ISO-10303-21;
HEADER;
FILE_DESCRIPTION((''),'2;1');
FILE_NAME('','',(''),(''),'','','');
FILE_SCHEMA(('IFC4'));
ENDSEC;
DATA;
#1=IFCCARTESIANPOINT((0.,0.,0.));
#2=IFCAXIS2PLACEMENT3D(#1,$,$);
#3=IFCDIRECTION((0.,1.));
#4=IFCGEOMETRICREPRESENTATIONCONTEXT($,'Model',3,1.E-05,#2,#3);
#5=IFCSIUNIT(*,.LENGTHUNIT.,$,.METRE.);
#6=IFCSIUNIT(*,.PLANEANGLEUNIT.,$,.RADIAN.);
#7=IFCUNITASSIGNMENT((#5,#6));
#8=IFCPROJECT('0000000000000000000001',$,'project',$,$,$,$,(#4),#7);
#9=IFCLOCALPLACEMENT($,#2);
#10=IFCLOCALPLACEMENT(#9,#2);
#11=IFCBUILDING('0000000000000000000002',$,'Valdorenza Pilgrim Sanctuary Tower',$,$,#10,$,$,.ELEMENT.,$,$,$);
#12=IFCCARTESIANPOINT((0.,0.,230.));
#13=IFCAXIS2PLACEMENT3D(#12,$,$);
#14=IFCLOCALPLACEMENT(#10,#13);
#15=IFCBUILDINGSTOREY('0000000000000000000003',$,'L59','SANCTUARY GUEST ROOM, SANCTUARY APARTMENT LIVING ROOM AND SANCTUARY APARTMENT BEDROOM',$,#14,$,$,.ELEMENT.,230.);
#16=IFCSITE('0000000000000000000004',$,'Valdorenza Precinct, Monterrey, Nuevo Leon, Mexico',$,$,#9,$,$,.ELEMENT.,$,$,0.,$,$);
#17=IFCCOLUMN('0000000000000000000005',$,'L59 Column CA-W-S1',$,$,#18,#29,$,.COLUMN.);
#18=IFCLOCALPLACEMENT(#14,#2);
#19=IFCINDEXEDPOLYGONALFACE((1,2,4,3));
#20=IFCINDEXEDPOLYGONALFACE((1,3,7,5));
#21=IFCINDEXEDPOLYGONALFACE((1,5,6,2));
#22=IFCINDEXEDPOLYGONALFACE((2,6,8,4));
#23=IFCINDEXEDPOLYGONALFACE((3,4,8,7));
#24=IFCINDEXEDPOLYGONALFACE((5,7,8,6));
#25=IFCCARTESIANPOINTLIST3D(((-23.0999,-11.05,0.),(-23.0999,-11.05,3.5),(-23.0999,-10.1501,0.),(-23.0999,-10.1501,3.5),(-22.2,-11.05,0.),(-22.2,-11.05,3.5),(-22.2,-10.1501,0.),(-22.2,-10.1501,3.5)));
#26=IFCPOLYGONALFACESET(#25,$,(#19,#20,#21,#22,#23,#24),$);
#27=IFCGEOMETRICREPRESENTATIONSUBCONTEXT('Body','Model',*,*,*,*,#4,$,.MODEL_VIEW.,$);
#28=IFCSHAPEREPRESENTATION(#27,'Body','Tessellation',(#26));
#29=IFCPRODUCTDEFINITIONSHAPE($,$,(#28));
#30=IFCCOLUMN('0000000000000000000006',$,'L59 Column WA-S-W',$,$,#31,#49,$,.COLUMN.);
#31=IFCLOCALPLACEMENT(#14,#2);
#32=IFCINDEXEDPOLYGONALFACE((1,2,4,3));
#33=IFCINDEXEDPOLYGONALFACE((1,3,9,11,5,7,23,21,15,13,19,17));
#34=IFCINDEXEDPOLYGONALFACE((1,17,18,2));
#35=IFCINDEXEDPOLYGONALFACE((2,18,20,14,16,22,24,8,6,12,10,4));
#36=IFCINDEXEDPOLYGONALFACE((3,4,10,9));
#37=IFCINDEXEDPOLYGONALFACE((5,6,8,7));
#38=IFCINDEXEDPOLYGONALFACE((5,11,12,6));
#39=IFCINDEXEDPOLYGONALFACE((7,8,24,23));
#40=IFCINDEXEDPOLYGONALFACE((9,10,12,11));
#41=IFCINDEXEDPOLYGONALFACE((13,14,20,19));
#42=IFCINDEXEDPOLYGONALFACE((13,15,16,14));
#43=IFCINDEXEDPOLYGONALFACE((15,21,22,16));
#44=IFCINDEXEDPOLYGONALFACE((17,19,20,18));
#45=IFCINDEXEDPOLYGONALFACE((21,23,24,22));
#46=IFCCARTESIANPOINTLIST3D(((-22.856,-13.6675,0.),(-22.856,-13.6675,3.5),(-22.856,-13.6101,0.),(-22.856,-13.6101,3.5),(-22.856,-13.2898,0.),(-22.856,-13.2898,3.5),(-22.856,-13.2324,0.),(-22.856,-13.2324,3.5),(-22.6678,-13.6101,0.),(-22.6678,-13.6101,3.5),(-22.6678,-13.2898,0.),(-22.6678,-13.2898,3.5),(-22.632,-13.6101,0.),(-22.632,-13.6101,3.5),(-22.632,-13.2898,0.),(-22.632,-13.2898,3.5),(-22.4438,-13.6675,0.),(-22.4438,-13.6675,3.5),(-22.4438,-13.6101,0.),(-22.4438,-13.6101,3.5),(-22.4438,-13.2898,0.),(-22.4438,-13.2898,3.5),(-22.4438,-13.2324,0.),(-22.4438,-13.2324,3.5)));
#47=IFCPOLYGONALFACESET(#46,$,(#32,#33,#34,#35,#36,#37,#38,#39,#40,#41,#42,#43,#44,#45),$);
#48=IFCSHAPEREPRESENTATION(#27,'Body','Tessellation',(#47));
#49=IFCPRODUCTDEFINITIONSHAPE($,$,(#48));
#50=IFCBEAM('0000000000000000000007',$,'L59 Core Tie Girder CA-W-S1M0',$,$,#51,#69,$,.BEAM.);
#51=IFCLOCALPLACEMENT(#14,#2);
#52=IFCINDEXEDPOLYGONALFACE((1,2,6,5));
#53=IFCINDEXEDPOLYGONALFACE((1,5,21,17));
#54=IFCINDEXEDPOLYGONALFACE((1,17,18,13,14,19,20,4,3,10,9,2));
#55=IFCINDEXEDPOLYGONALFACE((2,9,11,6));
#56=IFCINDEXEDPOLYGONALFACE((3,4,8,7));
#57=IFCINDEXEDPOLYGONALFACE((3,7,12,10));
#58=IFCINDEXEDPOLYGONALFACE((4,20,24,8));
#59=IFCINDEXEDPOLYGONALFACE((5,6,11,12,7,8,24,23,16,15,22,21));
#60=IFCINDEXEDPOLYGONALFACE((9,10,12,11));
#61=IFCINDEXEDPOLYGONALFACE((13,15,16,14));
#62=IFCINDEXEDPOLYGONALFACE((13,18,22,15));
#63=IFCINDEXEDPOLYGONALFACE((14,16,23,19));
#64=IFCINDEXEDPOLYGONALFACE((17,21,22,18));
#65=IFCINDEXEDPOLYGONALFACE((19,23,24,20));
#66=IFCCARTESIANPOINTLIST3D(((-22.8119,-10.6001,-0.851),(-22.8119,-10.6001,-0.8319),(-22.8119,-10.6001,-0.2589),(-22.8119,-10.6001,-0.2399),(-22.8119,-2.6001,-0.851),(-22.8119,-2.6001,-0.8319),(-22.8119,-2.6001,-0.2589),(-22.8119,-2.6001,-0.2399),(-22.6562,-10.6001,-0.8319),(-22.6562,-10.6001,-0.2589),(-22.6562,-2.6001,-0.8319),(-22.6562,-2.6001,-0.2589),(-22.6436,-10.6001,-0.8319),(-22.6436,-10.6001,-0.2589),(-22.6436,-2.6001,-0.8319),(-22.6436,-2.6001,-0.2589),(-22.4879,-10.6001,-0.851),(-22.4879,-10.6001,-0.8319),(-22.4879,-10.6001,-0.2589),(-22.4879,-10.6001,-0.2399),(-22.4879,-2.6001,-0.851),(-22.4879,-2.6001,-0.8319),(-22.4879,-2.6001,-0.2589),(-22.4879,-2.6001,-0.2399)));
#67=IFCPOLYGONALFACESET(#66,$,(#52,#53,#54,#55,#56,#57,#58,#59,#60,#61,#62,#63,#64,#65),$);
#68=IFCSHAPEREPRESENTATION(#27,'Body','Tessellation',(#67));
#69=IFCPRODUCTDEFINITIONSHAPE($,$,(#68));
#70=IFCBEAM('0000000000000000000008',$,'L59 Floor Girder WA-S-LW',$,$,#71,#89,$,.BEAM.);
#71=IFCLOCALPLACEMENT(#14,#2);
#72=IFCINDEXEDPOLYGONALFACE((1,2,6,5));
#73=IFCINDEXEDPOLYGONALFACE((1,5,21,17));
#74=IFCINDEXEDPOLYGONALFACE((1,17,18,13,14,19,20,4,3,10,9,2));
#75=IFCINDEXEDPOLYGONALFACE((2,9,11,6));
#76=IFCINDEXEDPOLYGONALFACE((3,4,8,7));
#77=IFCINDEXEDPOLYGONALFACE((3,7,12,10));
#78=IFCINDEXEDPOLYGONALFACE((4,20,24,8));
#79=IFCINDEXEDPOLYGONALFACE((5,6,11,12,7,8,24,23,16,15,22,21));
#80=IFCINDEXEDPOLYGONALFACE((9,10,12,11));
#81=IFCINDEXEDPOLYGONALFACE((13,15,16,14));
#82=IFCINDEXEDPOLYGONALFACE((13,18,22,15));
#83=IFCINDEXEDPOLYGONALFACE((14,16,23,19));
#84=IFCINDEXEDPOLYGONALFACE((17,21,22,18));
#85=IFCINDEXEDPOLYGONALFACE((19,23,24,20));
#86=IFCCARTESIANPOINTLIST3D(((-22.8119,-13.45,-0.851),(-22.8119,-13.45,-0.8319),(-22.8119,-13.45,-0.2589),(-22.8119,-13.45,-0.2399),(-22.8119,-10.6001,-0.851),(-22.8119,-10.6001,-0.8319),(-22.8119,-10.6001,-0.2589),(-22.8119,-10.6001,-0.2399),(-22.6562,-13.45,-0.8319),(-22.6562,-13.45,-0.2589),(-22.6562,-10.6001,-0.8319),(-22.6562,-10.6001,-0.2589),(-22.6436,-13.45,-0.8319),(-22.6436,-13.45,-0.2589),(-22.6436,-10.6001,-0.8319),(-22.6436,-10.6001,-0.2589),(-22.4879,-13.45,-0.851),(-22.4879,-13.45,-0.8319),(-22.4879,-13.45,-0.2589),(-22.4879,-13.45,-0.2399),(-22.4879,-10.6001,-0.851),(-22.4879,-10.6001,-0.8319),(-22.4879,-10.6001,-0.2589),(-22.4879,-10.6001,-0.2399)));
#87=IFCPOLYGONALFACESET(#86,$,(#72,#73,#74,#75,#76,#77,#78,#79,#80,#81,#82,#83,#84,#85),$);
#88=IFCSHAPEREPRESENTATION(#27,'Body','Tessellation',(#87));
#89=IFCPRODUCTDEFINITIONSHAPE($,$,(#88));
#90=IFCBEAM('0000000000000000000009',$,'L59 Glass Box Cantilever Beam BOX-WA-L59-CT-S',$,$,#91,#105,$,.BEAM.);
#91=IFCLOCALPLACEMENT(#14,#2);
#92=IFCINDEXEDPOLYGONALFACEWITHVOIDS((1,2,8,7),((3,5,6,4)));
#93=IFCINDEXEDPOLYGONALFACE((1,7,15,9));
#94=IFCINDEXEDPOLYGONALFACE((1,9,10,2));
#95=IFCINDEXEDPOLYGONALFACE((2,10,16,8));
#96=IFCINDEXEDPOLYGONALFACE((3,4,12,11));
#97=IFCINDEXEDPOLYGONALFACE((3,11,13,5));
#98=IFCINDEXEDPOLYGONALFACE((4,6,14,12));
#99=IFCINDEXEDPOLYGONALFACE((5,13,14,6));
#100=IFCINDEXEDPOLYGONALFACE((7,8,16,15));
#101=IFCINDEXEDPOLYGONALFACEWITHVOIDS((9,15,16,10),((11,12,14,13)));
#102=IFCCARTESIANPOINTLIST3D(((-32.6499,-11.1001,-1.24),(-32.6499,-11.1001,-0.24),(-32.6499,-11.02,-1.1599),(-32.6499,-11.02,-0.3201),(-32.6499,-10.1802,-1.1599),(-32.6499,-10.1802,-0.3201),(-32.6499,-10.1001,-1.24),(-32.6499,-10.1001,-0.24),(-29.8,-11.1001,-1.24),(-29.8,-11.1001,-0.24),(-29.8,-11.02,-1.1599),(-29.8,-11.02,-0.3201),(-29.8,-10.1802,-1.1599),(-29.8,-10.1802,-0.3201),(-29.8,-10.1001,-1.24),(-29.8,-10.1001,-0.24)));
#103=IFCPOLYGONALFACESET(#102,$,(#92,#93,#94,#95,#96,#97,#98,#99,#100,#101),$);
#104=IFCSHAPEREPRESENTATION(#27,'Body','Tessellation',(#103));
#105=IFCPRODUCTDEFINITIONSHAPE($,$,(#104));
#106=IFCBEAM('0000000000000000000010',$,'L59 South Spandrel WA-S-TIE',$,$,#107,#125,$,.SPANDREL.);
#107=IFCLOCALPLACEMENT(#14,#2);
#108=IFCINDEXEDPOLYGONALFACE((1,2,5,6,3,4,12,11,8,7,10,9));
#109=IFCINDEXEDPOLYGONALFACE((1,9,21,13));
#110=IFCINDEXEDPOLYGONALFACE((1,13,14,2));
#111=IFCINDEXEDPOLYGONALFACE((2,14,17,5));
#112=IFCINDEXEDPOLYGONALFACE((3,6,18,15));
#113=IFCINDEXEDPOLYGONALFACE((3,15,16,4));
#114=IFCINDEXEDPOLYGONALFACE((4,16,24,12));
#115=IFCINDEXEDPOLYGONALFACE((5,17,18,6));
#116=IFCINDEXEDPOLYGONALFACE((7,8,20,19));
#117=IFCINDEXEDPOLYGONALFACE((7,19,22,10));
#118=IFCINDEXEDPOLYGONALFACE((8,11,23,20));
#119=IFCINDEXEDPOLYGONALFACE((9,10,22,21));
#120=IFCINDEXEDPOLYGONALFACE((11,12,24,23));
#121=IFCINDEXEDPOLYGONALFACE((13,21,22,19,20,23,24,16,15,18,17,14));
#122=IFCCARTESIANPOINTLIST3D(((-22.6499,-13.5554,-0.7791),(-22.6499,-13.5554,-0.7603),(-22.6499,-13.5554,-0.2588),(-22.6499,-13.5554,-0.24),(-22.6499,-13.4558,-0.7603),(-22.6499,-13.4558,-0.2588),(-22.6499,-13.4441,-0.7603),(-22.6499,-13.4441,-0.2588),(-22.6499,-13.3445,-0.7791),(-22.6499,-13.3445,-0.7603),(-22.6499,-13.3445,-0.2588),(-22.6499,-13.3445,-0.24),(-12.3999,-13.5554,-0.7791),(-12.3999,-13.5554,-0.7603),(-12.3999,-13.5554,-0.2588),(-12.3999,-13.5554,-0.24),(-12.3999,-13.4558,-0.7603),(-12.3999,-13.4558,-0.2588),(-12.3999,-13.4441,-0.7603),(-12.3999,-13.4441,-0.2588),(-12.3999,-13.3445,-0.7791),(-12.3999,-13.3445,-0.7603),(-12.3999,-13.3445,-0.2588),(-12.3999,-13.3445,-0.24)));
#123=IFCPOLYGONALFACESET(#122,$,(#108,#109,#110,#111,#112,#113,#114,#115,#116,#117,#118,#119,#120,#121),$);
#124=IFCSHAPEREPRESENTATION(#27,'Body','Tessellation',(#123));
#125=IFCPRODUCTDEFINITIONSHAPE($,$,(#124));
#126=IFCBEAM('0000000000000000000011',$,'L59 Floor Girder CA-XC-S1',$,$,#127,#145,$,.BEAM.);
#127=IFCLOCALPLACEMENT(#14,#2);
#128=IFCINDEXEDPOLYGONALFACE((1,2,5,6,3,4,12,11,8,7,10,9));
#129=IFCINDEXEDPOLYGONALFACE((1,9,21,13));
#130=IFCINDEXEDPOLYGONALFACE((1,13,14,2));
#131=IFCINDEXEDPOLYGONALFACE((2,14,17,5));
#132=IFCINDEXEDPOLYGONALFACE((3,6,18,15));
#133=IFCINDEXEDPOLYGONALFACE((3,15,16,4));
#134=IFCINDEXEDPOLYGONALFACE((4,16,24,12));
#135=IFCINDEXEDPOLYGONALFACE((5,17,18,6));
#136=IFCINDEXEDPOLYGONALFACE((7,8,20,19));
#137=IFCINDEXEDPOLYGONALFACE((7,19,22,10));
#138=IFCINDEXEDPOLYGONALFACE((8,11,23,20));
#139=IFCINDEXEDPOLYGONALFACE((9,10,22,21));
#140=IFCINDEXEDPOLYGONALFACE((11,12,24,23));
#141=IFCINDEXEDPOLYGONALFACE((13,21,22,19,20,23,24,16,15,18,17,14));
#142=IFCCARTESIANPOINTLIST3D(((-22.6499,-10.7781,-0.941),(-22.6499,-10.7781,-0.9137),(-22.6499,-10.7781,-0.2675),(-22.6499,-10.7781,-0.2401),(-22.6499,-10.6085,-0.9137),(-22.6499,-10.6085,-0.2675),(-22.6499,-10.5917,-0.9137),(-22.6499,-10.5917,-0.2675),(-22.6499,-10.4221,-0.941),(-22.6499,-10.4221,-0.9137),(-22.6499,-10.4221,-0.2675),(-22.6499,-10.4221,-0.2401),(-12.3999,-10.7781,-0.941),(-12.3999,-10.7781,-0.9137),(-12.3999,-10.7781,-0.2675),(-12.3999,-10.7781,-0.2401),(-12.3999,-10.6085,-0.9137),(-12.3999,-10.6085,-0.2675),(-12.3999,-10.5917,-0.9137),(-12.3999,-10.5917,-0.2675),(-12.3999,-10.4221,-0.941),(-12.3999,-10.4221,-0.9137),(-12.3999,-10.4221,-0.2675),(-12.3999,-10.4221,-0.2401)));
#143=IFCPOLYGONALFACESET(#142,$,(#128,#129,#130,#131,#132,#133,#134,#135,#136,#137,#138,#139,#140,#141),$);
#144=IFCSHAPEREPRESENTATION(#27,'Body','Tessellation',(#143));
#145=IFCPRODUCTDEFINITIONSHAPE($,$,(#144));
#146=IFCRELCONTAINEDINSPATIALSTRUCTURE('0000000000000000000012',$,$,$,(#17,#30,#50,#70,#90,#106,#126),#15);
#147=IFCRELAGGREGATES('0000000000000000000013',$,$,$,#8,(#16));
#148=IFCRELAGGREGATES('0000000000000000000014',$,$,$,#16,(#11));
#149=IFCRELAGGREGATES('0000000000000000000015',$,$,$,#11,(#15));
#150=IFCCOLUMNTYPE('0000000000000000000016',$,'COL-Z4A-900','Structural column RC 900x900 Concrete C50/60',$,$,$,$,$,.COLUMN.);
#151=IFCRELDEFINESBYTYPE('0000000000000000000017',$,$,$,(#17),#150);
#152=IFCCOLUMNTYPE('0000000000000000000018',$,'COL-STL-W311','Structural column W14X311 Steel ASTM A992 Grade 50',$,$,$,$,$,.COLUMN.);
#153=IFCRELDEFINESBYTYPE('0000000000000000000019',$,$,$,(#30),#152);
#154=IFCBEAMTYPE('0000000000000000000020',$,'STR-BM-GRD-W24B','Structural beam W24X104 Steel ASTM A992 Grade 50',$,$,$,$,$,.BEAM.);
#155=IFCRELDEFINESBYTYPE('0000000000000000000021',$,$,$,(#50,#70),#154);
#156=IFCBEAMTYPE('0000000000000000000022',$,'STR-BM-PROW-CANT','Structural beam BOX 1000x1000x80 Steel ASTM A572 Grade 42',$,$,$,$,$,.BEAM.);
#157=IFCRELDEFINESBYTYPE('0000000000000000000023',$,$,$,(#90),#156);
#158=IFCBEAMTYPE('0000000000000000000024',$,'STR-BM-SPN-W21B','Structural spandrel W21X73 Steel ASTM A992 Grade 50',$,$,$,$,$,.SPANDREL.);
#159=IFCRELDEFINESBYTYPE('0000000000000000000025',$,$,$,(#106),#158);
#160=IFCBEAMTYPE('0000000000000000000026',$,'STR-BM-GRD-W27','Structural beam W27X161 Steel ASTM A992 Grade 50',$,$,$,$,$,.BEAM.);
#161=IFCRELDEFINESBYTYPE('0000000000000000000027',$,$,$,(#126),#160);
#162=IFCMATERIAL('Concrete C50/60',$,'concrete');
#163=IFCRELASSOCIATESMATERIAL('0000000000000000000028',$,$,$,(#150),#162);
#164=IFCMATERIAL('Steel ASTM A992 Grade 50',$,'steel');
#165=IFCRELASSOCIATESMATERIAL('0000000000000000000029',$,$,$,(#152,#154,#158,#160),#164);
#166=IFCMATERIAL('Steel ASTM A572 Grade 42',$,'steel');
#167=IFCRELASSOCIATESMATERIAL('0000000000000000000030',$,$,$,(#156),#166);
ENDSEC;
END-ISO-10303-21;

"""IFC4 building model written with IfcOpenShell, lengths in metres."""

from ifc_helpers import new_model, si_unit, direction, frame, origin, origin_2d, place, context, subcontext, project, spatial, rectangle, hollow_rectangle, i_section, extrude, source, transform, mapped, material, material_profile, profile_set, type_object, element, save


model = new_model("IFC4")

# Units and contexts
model_context = context("Model", 3, precision=1e-05, world=origin(), true_north=direction((0.0, 1.0)))
body_context = subcontext(model_context, "Body", "Model", "MODEL_VIEW")
ifc_project = project(units=[si_unit("LENGTHUNIT", "METRE"), si_unit("PLANEANGLEUNIT", "RADIAN")], contexts=[model_context])

# Site, building, storey
site_placement = place(None, origin())
site = spatial("IfcSite", under=ifc_project, at=site_placement, Name="Valdorenza Precinct, Monterrey, Nuevo Leon, Mexico", CompositionType="ELEMENT", RefElevation=0.0)
building_placement = place(site_placement, origin())
building = spatial("IfcBuilding", under=site, at=building_placement, Name="Valdorenza Pilgrim Sanctuary Tower", CompositionType="ELEMENT")
storey_placement = place(building_placement, frame((0.0, 0.0, 230.0)))
storey = spatial("IfcBuildingStorey", under=building, at=storey_placement, Name="L59", Description="SANCTUARY GUEST ROOM, SANCTUARY APARTMENT LIVING ROOM AND SANCTUARY APARTMENT BEDROOM", CompositionType="ELEMENT", Elevation=230.0)

# Columns
ifc_material_1 = material(Name="Concrete C50/60", Category="concrete")
ifc_material_profile_1 = material_profile(ifc_material_1, rectangle(XDim=0.8999, YDim=0.8999, at=origin_2d()), Name="RC 900x900")
ifc_profile_set_1 = profile_set([ifc_material_profile_1], Name="Concrete C50/60")
column_type_1 = type_object("IfcColumnType", Name="COL-Z4A-900", Description="Structural column RC 900x900 Concrete C50/60", PredefinedType="COLUMN", material=ifc_profile_set_1)
shared_shape_1 = source(origin(), body_context, "Body", "SweptSolid", [
    extrude(rectangle(XDim=0.8999, YDim=0.8999, at=origin_2d()), origin(), (0.0, 0.0, 1.0), 3.5),
])
column_1_placement = place(storey_placement, frame((-22.6499, -10.6001, 0.0), z_axis=(0.0, 0.0, 1.0), x_axis=(1.0, 0.0, 0.0)))
element("IfcColumn", 1, at=column_1_placement, inside=storey, type_object=column_type_1, Name="L59 Column CA-W-S1", PredefinedType="COLUMN", context=body_context, shape_type="MappedRepresentation", body=[
    mapped(shared_shape_1, transform((0.0, 0.0, 0.0), x_axis=(1.0, 0.0, 0.0), y_axis=(0.0, 1.0, 0.0), z_axis=(0.0, 0.0, 1.0), scale=1.0)),
])
ifc_material_2 = material(Name="Steel ASTM A992 Grade 50", Category="steel")
ifc_material_profile_2 = material_profile(ifc_material_2, i_section(OverallWidth=0.4121, OverallDepth=0.4351, WebThickness=0.0359, FlangeThickness=0.0574, at=origin_2d()), Name="W14X311")
ifc_profile_set_2 = profile_set([ifc_material_profile_2], Name="Steel ASTM A992 Grade 50")
column_type_2 = type_object("IfcColumnType", Name="COL-STL-W311", Description="Structural column W14X311 Steel ASTM A992 Grade 50", PredefinedType="COLUMN", material=ifc_profile_set_2)
shared_shape_2 = source(origin(), body_context, "Body", "SweptSolid", [
    extrude(i_section(OverallWidth=0.4121, OverallDepth=0.4351, WebThickness=0.0359, FlangeThickness=0.0574, at=origin_2d()), origin(), (0.0, 0.0, 1.0), 3.5),
])
column_2_placement = place(storey_placement, frame((-22.6499, -13.45, 0.0), z_axis=(0.0, 0.0, 1.0), x_axis=(1.0, 0.0, 0.0)))
element("IfcColumn", 2, at=column_2_placement, inside=storey, type_object=column_type_2, Name="L59 Column WA-S-W", PredefinedType="COLUMN", context=body_context, shape_type="MappedRepresentation", body=[
    mapped(shared_shape_2, transform((0.0, 0.0, 0.0), x_axis=(1.0, 0.0, 0.0), y_axis=(0.0, 1.0, 0.0), z_axis=(0.0, 0.0, 1.0), scale=1.0)),
])

# Beams
ifc_material_profile_3 = material_profile(ifc_material_2, i_section(OverallWidth=0.324, OverallDepth=0.6111, WebThickness=0.0127, FlangeThickness=0.019, at=origin_2d()), Name="W24X104")
ifc_profile_set_3 = profile_set([ifc_material_profile_3], Name="Steel ASTM A992 Grade 50")
beam_type_1 = type_object("IfcBeamType", Name="STR-BM-GRD-W24B", Description="Structural beam W24X104 Steel ASTM A992 Grade 50", PredefinedType="BEAM", material=ifc_profile_set_3)
shared_shape_3 = source(origin(), body_context, "Body", "SweptSolid", [
    extrude(i_section(OverallWidth=0.324, OverallDepth=0.6111, WebThickness=0.0127, FlangeThickness=0.019, at=origin_2d()), origin(), (0.0, 0.0, 1.0), 8.0),
])
beam_1_placement = place(storey_placement, frame((-22.6499, -10.6001, -0.5454), z_axis=(0.0, 1.0, 0.0), x_axis=(-1.0, 0.0, 0.0)))
element("IfcBeam", 3, at=beam_1_placement, inside=storey, type_object=beam_type_1, Name="L59 Core Tie Girder CA-W-S1M0", PredefinedType="BEAM", context=body_context, shape_type="MappedRepresentation", body=[
    mapped(shared_shape_3, transform((0.0, 0.0, 0.0), x_axis=(1.0, 0.0, 0.0), y_axis=(0.0, 1.0, 0.0), z_axis=(0.0, 0.0, 1.0), scale=1.0)),
])
shared_shape_4 = source(origin(), body_context, "Body", "SweptSolid", [
    extrude(i_section(OverallWidth=0.324, OverallDepth=0.6111, WebThickness=0.0127, FlangeThickness=0.019, at=origin_2d()), origin(), (0.0, 0.0, 1.0), 2.8499),
])
beam_2_placement = place(storey_placement, frame((-22.6499, -13.45, -0.5454), z_axis=(0.0, 1.0, 0.0), x_axis=(-1.0, 0.0, 0.0)))
element("IfcBeam", 4, at=beam_2_placement, inside=storey, type_object=beam_type_1, Name="L59 Floor Girder WA-S-LW", PredefinedType="BEAM", context=body_context, shape_type="MappedRepresentation", body=[
    mapped(shared_shape_4, transform((0.0, 0.0, 0.0), x_axis=(1.0, 0.0, 0.0), y_axis=(0.0, 1.0, 0.0), z_axis=(0.0, 0.0, 1.0), scale=1.0)),
])
ifc_material_3 = material(Name="Steel ASTM A572 Grade 42", Category="steel")
ifc_material_profile_4 = material_profile(ifc_material_3, hollow_rectangle(XDim=1.0, YDim=1.0, WallThickness=0.0801, at=origin_2d()), Name="BOX 1000x1000x80")
ifc_profile_set_4 = profile_set([ifc_material_profile_4], Name="Steel ASTM A572 Grade 42")
beam_type_2 = type_object("IfcBeamType", Name="STR-BM-PROW-CANT", Description="Structural beam BOX 1000x1000x80 Steel ASTM A572 Grade 42", PredefinedType="BEAM", material=ifc_profile_set_4)
shared_shape_5 = source(origin(), body_context, "Body", "SweptSolid", [
    extrude(hollow_rectangle(XDim=1.0, YDim=1.0, WallThickness=0.0801, at=origin_2d()), origin(), (0.0, 0.0, 1.0), 2.8499),
])
beam_3_placement = place(storey_placement, frame((-29.8, -10.6001, -0.74), z_axis=(-1.0, 0.0, 0.0), x_axis=(0.0, -1.0, 0.0)))
element("IfcBeam", 5, at=beam_3_placement, inside=storey, type_object=beam_type_2, Name="L59 Glass Box Cantilever Beam BOX-WA-L59-CT-S", PredefinedType="BEAM", context=body_context, shape_type="MappedRepresentation", body=[
    mapped(shared_shape_5, transform((0.0, 0.0, 0.0), x_axis=(1.0, 0.0, 0.0), y_axis=(0.0, 1.0, 0.0), z_axis=(0.0, 0.0, 1.0), scale=1.0)),
])
ifc_material_profile_5 = material_profile(ifc_material_2, i_section(OverallWidth=0.2109, OverallDepth=0.5391, WebThickness=0.0117, FlangeThickness=0.0188, at=origin_2d()), Name="W21X73")
ifc_profile_set_5 = profile_set([ifc_material_profile_5], Name="Steel ASTM A992 Grade 50")
beam_type_3 = type_object("IfcBeamType", Name="STR-BM-SPN-W21B", Description="Structural spandrel W21X73 Steel ASTM A992 Grade 50", PredefinedType="SPANDREL", material=ifc_profile_set_5)
shared_shape_6 = source(origin(), body_context, "Body", "SweptSolid", [
    extrude(i_section(OverallWidth=0.2109, OverallDepth=0.5391, WebThickness=0.0117, FlangeThickness=0.0188, at=origin_2d()), origin(), (0.0, 0.0, 1.0), 10.25),
])
beam_4_placement = place(storey_placement, frame((-22.6499, -13.45, -0.5095), z_axis=(1.0, 0.0, 0.0), x_axis=(0.0, 1.0, 0.0)))
element("IfcBeam", 6, at=beam_4_placement, inside=storey, type_object=beam_type_3, Name="L59 South Spandrel WA-S-TIE", PredefinedType="SPANDREL", context=body_context, shape_type="MappedRepresentation", body=[
    mapped(shared_shape_6, transform((0.0, 0.0, 0.0), x_axis=(1.0, 0.0, 0.0), y_axis=(0.0, 1.0, 0.0), z_axis=(0.0, 0.0, 1.0), scale=1.0)),
])
ifc_material_profile_6 = material_profile(ifc_material_2, i_section(OverallWidth=0.356, OverallDepth=0.7009, WebThickness=0.0168, FlangeThickness=0.0273, at=origin_2d()), Name="W27X161")
ifc_profile_set_6 = profile_set([ifc_material_profile_6], Name="Steel ASTM A992 Grade 50")
beam_type_4 = type_object("IfcBeamType", Name="STR-BM-GRD-W27", Description="Structural beam W27X161 Steel ASTM A992 Grade 50", PredefinedType="BEAM", material=ifc_profile_set_6)
shared_shape_7 = source(origin(), body_context, "Body", "SweptSolid", [
    extrude(i_section(OverallWidth=0.356, OverallDepth=0.7009, WebThickness=0.0168, FlangeThickness=0.0273, at=origin_2d()), origin(), (0.0, 0.0, 1.0), 10.25),
])
beam_5_placement = place(storey_placement, frame((-22.6499, -10.6001, -0.5906), z_axis=(1.0, 0.0, 0.0), x_axis=(0.0, 1.0, 0.0)))
element("IfcBeam", 7, at=beam_5_placement, inside=storey, type_object=beam_type_4, Name="L59 Floor Girder CA-XC-S1", PredefinedType="BEAM", context=body_context, shape_type="MappedRepresentation", body=[
    mapped(shared_shape_7, transform((0.0, 0.0, 0.0), x_axis=(1.0, 0.0, 0.0), y_axis=(0.0, 1.0, 0.0), z_axis=(0.0, 0.0, 1.0), scale=1.0)),
])

save(model, "model.ifc")
